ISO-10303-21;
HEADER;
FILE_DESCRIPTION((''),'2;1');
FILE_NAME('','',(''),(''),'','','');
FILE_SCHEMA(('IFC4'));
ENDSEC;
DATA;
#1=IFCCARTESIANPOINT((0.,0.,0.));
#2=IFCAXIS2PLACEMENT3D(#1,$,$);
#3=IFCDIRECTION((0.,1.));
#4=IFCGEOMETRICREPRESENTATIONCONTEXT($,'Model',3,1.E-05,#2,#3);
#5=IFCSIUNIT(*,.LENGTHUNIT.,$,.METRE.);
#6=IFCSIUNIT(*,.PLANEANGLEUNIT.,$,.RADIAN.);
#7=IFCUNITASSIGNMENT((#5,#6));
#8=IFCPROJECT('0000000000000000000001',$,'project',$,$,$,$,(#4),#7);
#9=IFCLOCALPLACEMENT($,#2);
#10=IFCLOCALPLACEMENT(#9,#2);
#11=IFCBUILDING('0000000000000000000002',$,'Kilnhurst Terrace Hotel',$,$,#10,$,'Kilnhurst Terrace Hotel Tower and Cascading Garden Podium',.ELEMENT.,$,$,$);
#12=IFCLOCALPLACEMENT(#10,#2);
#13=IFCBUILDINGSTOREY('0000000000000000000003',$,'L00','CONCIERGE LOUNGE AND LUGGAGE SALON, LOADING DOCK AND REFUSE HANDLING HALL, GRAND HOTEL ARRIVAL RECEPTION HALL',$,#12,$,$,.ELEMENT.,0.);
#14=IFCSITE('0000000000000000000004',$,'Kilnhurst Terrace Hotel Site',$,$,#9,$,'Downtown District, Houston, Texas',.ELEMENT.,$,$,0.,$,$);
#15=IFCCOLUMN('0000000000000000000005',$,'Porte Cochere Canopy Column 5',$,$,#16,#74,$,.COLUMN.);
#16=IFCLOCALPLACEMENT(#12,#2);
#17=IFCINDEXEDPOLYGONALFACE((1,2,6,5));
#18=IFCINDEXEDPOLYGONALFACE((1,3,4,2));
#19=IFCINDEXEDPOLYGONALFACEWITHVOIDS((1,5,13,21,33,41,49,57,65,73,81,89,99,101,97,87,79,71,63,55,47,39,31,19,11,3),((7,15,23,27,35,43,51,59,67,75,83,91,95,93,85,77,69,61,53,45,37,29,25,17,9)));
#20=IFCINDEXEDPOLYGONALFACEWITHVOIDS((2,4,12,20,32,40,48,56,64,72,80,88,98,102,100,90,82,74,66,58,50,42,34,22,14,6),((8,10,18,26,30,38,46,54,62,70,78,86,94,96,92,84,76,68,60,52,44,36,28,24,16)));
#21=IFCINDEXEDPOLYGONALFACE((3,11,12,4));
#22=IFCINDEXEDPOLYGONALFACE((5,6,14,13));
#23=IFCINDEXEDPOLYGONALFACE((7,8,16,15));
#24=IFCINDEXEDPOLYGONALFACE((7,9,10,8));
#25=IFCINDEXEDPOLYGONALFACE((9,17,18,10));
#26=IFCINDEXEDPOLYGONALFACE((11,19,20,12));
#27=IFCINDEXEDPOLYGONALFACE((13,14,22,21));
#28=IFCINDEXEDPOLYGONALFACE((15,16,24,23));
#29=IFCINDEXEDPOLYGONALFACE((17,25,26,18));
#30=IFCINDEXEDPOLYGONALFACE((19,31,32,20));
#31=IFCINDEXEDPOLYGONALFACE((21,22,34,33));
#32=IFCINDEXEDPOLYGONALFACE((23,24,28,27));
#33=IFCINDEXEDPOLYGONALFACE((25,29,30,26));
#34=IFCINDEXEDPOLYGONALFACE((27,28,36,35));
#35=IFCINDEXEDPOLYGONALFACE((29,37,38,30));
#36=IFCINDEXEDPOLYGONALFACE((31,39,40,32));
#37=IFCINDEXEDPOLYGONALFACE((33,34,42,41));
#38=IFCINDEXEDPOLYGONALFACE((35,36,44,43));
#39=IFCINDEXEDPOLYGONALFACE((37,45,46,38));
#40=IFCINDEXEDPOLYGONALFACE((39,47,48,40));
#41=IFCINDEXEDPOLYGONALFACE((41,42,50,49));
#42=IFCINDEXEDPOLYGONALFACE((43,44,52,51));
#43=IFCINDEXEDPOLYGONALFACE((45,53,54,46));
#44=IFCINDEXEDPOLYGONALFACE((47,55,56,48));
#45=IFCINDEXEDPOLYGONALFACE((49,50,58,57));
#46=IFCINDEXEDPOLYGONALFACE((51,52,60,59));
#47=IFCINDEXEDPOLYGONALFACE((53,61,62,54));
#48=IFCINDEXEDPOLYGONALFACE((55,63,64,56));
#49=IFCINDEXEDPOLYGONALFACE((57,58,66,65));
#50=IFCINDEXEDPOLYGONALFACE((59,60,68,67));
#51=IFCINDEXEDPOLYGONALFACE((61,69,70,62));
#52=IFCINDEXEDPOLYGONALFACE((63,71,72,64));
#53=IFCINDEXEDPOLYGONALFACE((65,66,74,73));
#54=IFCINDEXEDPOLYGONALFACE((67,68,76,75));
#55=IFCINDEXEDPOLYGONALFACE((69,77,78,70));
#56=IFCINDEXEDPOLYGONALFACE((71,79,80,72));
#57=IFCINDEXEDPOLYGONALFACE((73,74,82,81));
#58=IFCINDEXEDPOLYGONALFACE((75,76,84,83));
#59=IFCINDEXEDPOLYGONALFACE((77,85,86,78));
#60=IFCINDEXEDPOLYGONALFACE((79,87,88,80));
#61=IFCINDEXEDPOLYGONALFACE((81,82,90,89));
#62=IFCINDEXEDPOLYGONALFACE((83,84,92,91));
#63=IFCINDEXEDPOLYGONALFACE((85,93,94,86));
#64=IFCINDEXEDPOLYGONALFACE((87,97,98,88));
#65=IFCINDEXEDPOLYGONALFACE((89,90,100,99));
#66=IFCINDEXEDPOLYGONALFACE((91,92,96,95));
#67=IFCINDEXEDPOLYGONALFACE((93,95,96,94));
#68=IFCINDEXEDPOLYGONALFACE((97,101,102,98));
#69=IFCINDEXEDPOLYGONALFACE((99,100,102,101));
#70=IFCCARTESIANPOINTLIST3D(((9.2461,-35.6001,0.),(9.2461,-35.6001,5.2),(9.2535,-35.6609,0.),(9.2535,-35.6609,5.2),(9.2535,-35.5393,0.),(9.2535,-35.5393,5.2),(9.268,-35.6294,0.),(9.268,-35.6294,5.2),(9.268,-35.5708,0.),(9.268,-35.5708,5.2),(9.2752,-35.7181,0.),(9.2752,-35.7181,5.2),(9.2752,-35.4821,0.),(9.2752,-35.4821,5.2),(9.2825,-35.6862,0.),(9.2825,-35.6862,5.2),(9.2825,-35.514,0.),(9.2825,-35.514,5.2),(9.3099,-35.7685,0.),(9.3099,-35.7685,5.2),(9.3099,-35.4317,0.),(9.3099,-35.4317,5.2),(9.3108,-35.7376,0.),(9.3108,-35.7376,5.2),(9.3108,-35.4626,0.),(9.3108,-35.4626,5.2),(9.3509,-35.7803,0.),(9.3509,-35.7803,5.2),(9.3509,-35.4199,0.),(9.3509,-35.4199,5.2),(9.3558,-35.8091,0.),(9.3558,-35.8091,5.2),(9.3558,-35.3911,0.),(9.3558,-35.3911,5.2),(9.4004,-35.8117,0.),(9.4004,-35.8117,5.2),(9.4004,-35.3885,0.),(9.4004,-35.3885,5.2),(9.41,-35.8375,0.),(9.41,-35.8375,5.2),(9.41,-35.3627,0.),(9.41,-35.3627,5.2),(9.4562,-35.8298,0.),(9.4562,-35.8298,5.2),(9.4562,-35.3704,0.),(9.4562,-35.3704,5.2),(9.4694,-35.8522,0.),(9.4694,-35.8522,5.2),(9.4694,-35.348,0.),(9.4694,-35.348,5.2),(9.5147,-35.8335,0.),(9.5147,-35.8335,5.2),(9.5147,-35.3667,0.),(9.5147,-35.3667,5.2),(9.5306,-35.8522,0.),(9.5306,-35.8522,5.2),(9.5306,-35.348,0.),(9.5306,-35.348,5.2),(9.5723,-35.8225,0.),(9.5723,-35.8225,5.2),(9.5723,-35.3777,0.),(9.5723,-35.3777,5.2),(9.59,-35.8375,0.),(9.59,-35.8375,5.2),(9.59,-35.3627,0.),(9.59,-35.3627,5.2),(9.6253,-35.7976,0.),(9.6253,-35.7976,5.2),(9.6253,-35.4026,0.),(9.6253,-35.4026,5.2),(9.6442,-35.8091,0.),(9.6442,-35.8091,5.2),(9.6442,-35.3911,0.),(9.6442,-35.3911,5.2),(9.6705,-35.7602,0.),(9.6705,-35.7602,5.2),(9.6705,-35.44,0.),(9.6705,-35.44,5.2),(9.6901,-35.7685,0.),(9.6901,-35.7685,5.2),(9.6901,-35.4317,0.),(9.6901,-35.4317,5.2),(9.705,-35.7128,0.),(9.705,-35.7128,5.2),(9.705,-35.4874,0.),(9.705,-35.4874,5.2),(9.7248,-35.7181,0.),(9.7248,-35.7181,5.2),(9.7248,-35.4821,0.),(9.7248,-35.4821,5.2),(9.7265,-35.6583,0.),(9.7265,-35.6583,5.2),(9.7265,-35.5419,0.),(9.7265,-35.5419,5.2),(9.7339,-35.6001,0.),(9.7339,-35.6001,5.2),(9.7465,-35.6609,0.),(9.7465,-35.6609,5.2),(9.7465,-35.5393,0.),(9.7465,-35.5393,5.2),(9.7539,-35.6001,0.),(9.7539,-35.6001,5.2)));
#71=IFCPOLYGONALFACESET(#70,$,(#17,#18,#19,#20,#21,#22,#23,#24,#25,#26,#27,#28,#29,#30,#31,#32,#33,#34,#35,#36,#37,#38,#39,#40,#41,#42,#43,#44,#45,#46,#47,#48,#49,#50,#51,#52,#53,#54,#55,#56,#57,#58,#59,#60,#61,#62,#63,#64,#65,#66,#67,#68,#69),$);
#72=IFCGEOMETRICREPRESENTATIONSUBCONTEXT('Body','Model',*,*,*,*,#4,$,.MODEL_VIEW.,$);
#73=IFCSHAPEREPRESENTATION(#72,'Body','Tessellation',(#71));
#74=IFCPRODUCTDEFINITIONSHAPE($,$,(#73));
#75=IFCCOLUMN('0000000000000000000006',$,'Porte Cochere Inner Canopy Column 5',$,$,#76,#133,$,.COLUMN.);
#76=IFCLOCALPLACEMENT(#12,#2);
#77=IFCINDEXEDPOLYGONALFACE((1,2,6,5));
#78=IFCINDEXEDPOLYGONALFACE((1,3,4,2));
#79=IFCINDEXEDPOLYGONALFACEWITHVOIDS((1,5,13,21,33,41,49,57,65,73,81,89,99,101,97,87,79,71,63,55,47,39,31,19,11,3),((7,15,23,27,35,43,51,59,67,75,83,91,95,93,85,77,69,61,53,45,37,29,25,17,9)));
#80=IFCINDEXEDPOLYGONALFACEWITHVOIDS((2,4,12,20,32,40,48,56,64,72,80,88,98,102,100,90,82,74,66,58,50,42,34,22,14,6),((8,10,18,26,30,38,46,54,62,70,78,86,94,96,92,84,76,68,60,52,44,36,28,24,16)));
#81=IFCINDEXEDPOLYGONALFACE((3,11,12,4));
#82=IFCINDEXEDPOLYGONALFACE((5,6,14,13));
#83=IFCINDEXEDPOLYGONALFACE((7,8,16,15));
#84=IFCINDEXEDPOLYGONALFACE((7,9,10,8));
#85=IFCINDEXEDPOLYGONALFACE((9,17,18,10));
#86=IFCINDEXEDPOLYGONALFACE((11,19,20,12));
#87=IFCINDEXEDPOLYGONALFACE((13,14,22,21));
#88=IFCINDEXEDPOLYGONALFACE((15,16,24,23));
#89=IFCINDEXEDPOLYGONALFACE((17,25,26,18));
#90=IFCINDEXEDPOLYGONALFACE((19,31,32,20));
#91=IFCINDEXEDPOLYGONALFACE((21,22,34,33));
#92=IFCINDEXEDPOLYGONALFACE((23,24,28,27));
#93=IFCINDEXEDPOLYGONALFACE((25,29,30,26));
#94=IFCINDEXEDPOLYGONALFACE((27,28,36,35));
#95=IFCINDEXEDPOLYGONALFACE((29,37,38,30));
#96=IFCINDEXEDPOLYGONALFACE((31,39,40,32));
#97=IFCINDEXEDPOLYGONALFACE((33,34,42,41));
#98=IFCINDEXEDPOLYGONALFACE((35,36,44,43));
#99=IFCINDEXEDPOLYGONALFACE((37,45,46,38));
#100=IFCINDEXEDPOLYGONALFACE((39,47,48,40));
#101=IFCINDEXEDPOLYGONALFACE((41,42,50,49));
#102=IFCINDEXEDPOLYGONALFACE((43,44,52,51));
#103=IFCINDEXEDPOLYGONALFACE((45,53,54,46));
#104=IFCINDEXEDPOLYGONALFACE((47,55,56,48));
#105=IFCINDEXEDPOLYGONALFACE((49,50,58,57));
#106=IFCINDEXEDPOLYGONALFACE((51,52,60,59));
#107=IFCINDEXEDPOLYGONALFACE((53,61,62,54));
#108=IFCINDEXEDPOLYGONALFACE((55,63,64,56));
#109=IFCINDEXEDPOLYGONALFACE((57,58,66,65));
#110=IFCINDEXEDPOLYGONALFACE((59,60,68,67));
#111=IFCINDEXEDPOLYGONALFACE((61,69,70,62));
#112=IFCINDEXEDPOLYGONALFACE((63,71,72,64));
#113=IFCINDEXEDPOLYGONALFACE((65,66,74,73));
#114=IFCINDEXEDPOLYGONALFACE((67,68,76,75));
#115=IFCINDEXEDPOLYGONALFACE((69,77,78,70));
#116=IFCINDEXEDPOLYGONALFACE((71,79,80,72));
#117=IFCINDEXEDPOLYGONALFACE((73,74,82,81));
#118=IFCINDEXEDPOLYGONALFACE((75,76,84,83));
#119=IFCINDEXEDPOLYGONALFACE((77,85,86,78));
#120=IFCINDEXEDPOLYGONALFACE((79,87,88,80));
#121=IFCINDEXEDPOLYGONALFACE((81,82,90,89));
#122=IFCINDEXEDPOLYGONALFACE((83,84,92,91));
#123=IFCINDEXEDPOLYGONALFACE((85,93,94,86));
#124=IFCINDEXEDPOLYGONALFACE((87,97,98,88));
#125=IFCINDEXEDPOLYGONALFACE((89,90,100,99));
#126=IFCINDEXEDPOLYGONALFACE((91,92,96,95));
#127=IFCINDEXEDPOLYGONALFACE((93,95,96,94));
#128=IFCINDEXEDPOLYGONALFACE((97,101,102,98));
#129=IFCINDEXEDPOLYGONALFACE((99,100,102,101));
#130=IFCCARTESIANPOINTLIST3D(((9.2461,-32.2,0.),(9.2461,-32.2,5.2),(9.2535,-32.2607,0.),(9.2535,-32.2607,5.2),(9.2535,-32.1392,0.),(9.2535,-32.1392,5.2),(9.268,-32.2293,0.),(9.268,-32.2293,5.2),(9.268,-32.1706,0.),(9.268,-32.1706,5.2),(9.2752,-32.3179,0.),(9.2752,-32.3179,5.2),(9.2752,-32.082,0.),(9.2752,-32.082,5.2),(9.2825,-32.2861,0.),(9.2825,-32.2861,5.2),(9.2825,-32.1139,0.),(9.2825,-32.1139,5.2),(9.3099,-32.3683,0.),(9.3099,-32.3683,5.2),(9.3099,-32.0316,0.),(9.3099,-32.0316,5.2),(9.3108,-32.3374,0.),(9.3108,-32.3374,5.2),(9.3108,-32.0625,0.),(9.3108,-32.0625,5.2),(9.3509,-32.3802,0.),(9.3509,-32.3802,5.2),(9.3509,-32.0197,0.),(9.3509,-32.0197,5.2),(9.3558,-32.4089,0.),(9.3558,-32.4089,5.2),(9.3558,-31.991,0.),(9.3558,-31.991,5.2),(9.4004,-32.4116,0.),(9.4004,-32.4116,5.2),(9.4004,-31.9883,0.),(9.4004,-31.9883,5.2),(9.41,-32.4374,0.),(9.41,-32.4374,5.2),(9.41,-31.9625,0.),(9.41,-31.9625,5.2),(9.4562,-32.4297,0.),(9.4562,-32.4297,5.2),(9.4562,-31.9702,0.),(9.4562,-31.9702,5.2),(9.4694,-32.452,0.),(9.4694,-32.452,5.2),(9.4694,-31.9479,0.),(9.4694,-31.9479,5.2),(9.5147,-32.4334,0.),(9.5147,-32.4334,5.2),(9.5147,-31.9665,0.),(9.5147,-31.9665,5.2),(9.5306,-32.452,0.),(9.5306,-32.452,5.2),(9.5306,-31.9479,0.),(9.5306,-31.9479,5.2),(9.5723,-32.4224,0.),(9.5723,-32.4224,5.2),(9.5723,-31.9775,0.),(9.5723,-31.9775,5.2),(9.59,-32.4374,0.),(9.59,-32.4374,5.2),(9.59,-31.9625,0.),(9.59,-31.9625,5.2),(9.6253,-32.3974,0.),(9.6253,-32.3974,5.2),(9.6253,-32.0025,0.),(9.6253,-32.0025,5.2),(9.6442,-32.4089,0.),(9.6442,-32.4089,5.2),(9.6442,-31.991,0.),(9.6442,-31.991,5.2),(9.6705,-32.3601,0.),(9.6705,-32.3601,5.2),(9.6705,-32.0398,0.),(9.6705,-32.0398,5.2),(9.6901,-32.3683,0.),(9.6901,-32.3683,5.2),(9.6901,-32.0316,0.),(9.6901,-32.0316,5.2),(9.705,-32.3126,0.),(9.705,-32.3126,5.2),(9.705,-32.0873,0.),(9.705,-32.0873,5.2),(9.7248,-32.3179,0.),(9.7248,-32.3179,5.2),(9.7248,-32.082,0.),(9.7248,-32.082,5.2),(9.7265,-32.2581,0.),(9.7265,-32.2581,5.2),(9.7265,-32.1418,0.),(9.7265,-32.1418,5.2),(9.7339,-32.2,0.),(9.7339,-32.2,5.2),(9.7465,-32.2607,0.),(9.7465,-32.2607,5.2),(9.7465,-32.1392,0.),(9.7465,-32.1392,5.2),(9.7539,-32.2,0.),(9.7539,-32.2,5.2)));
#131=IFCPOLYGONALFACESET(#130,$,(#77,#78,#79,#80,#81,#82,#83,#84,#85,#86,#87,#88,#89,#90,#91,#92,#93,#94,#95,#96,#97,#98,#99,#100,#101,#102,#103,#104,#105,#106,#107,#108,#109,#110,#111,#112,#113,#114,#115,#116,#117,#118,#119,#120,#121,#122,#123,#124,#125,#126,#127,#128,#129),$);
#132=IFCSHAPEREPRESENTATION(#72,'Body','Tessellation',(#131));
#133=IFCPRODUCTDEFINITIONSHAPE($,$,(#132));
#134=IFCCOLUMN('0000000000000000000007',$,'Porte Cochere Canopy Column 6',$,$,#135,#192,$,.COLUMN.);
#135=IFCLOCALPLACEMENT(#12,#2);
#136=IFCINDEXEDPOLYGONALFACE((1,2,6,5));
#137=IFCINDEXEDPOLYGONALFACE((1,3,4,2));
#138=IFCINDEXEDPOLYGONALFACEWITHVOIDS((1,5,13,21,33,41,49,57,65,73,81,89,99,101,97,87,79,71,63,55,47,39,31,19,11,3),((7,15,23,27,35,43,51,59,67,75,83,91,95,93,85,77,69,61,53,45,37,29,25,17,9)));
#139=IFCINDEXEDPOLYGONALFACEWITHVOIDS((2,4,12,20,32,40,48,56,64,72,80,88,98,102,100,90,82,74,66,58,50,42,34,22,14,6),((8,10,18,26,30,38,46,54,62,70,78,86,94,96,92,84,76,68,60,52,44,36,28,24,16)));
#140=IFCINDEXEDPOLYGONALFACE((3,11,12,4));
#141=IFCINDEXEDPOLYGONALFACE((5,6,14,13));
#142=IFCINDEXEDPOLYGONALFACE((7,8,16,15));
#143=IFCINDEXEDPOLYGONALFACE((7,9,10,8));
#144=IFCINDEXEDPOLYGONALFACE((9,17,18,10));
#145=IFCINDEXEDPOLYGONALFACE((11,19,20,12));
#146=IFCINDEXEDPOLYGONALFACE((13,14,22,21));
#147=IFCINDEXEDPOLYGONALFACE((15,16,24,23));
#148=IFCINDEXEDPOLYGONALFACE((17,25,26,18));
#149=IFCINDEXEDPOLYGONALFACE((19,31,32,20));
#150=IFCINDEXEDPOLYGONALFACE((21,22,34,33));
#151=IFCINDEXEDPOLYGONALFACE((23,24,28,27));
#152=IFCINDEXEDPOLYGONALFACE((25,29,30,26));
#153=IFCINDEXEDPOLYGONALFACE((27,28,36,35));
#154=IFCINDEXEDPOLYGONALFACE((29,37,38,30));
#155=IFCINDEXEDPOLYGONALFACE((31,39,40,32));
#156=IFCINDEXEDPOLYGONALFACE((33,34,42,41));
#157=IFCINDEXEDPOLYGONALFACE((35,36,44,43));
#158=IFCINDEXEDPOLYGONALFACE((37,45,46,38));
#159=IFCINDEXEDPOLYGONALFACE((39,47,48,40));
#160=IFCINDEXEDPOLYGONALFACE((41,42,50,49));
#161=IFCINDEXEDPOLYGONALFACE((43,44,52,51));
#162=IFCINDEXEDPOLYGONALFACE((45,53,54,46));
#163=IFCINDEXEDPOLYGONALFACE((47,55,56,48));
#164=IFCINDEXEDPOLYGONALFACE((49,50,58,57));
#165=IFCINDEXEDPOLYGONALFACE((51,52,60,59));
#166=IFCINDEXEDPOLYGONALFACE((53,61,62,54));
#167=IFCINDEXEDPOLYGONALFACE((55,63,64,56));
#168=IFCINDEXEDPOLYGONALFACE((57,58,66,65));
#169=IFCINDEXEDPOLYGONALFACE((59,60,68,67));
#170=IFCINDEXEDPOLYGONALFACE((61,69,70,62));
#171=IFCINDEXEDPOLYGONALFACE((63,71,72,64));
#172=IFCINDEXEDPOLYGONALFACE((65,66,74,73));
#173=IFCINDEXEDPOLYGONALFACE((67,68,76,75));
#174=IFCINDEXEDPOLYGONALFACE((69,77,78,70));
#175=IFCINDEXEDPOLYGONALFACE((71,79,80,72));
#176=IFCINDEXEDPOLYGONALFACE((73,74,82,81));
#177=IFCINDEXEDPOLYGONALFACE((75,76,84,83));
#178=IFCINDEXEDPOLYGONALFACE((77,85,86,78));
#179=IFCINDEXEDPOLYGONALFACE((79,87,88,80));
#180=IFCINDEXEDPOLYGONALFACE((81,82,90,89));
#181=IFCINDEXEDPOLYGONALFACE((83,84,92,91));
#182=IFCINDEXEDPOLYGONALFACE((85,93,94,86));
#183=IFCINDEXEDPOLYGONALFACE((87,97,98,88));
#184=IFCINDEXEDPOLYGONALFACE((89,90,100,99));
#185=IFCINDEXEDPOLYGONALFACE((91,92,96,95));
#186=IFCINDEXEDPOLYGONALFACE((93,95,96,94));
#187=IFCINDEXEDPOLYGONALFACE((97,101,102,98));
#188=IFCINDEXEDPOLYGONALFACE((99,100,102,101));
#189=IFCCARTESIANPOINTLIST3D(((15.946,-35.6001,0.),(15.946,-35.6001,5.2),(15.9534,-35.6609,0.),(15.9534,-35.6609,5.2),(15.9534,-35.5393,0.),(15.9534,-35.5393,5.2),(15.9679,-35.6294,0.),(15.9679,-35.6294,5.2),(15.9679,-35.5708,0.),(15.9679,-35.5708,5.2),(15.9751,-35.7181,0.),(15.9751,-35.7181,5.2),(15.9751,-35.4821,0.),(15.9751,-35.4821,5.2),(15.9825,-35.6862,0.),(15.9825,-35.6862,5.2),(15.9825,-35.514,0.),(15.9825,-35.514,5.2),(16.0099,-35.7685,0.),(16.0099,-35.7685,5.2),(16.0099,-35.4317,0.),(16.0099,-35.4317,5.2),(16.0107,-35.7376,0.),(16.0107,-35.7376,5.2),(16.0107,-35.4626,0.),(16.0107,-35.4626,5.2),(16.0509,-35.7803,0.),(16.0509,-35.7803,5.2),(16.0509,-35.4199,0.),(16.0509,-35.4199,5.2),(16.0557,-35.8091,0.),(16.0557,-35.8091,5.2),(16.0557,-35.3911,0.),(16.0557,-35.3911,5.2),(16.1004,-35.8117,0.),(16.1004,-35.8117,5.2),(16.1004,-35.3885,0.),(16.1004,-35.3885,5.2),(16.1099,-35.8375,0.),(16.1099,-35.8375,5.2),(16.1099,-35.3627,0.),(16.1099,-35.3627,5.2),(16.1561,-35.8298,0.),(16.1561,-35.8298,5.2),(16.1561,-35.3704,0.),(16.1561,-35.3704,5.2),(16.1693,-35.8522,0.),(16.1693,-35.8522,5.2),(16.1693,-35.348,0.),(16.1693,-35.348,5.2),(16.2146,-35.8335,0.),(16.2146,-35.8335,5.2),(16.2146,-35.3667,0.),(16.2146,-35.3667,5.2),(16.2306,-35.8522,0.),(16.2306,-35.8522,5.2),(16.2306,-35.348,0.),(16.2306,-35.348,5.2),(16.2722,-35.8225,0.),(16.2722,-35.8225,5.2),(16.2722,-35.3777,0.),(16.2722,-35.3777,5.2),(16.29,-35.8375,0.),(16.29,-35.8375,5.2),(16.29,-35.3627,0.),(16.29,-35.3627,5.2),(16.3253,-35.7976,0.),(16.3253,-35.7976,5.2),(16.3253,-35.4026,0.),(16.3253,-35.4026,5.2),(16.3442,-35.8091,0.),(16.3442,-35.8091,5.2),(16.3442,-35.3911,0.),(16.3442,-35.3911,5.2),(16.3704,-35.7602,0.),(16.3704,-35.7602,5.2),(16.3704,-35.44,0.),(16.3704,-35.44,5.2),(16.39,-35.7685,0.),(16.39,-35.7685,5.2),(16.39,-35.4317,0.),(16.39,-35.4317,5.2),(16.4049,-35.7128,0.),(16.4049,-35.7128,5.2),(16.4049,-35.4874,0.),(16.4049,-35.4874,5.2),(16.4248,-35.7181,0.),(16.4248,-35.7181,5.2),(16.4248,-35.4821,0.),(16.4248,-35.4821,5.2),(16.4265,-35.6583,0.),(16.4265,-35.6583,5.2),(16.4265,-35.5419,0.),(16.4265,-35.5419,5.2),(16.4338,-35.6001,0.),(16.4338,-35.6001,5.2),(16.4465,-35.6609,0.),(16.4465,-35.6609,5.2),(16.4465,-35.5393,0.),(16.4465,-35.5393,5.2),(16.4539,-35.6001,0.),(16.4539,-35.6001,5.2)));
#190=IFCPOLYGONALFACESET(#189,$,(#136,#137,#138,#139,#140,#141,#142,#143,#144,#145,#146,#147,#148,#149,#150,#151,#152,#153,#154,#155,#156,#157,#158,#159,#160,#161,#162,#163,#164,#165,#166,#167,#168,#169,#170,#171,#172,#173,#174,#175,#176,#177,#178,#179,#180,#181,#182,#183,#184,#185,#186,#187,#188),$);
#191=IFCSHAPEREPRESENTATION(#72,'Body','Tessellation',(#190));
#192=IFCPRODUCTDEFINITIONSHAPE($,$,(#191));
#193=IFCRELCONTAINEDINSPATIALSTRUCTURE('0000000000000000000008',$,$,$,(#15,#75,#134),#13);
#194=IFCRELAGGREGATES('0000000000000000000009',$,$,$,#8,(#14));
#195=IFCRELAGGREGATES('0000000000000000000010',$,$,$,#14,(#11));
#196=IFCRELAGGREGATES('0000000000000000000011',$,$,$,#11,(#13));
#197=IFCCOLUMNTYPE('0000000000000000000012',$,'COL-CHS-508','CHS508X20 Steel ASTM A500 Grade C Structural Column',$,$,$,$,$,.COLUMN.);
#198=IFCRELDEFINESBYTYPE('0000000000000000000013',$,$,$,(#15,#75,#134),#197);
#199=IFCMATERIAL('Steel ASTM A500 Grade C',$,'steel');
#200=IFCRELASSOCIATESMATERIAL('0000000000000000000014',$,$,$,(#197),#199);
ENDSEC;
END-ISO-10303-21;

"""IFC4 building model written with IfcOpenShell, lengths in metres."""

from ifc_helpers import new_model, si_unit, direction, frame, origin, origin_2d, place, context, subcontext, project, spatial, hollow_circle, extrude, material, material_profile, profile_set, type_object, element, save


model = new_model("IFC4")

# Units and contexts
model_context = context("Model", 3, precision=1e-05, world=origin(), true_north=direction((0.0, 1.0)))
body_context = subcontext(model_context, "Body", "Model", "MODEL_VIEW")
ifc_project = project(units=[si_unit("LENGTHUNIT", "METRE"), si_unit("PLANEANGLEUNIT", "RADIAN")], contexts=[model_context])

# Site, building, storey
site_placement = place(None, origin())
site = spatial("IfcSite", under=ifc_project, at=site_placement, Name="Kilnhurst Terrace Hotel Site", LongName="Downtown District, Houston, Texas", CompositionType="ELEMENT", RefElevation=0.0)
building_placement = place(site_placement, origin())
building = spatial("IfcBuilding", under=site, at=building_placement, Name="Kilnhurst Terrace Hotel", LongName="Kilnhurst Terrace Hotel Tower and Cascading Garden Podium", CompositionType="ELEMENT")
storey_placement = place(building_placement, origin())
storey = spatial("IfcBuildingStorey", under=building, at=storey_placement, Name="L00", Description="CONCIERGE LOUNGE AND LUGGAGE SALON, LOADING DOCK AND REFUSE HANDLING HALL, GRAND HOTEL ARRIVAL RECEPTION HALL", CompositionType="ELEMENT", Elevation=0.0)

# Columns
ifc_material_1 = material(Name="Steel ASTM A500 Grade C", Category="steel")
ifc_material_profile_1 = material_profile(ifc_material_1, hollow_circle(Radius=0.2539, WallThickness=0.02, at=origin_2d()), Name="CHS508X20")
ifc_profile_set_1 = profile_set([ifc_material_profile_1], Name="Steel ASTM A500 Grade C")
column_type = type_object("IfcColumnType", Name="COL-CHS-508", Description="CHS508X20 Steel ASTM A500 Grade C Structural Column", PredefinedType="COLUMN", material=ifc_profile_set_1)
for number, where, z_axis, x_axis, name in (
    (1, (9.5, -35.6001, 0.0), (0.0, 0.0, 1.0), (1.0, 0.0, 0.0), "Porte Cochere Canopy Column 5"),
    (2, (9.5, -32.2, 0.0), (0.0, 0.0, 1.0), (1.0, 0.0, 0.0), "Porte Cochere Inner Canopy Column 5"),
    (3, (16.2, -35.6001, 0.0), (0.0, 0.0, 1.0), (1.0, 0.0, 0.0), "Porte Cochere Canopy Column 6"),
):
    element("IfcColumn", number, at=place(storey_placement, frame(where, z_axis=z_axis, x_axis=x_axis)), inside=storey, type_object=column_type, Name=name, PredefinedType="COLUMN", context=body_context, shape_type="SweptSolid", body=[
        extrude(hollow_circle(Radius=0.2539, WallThickness=0.02, at=origin_2d()), origin(), (0.0, 0.0, 1.0), 5.2),
    ])

save(model, "model.ifc")
